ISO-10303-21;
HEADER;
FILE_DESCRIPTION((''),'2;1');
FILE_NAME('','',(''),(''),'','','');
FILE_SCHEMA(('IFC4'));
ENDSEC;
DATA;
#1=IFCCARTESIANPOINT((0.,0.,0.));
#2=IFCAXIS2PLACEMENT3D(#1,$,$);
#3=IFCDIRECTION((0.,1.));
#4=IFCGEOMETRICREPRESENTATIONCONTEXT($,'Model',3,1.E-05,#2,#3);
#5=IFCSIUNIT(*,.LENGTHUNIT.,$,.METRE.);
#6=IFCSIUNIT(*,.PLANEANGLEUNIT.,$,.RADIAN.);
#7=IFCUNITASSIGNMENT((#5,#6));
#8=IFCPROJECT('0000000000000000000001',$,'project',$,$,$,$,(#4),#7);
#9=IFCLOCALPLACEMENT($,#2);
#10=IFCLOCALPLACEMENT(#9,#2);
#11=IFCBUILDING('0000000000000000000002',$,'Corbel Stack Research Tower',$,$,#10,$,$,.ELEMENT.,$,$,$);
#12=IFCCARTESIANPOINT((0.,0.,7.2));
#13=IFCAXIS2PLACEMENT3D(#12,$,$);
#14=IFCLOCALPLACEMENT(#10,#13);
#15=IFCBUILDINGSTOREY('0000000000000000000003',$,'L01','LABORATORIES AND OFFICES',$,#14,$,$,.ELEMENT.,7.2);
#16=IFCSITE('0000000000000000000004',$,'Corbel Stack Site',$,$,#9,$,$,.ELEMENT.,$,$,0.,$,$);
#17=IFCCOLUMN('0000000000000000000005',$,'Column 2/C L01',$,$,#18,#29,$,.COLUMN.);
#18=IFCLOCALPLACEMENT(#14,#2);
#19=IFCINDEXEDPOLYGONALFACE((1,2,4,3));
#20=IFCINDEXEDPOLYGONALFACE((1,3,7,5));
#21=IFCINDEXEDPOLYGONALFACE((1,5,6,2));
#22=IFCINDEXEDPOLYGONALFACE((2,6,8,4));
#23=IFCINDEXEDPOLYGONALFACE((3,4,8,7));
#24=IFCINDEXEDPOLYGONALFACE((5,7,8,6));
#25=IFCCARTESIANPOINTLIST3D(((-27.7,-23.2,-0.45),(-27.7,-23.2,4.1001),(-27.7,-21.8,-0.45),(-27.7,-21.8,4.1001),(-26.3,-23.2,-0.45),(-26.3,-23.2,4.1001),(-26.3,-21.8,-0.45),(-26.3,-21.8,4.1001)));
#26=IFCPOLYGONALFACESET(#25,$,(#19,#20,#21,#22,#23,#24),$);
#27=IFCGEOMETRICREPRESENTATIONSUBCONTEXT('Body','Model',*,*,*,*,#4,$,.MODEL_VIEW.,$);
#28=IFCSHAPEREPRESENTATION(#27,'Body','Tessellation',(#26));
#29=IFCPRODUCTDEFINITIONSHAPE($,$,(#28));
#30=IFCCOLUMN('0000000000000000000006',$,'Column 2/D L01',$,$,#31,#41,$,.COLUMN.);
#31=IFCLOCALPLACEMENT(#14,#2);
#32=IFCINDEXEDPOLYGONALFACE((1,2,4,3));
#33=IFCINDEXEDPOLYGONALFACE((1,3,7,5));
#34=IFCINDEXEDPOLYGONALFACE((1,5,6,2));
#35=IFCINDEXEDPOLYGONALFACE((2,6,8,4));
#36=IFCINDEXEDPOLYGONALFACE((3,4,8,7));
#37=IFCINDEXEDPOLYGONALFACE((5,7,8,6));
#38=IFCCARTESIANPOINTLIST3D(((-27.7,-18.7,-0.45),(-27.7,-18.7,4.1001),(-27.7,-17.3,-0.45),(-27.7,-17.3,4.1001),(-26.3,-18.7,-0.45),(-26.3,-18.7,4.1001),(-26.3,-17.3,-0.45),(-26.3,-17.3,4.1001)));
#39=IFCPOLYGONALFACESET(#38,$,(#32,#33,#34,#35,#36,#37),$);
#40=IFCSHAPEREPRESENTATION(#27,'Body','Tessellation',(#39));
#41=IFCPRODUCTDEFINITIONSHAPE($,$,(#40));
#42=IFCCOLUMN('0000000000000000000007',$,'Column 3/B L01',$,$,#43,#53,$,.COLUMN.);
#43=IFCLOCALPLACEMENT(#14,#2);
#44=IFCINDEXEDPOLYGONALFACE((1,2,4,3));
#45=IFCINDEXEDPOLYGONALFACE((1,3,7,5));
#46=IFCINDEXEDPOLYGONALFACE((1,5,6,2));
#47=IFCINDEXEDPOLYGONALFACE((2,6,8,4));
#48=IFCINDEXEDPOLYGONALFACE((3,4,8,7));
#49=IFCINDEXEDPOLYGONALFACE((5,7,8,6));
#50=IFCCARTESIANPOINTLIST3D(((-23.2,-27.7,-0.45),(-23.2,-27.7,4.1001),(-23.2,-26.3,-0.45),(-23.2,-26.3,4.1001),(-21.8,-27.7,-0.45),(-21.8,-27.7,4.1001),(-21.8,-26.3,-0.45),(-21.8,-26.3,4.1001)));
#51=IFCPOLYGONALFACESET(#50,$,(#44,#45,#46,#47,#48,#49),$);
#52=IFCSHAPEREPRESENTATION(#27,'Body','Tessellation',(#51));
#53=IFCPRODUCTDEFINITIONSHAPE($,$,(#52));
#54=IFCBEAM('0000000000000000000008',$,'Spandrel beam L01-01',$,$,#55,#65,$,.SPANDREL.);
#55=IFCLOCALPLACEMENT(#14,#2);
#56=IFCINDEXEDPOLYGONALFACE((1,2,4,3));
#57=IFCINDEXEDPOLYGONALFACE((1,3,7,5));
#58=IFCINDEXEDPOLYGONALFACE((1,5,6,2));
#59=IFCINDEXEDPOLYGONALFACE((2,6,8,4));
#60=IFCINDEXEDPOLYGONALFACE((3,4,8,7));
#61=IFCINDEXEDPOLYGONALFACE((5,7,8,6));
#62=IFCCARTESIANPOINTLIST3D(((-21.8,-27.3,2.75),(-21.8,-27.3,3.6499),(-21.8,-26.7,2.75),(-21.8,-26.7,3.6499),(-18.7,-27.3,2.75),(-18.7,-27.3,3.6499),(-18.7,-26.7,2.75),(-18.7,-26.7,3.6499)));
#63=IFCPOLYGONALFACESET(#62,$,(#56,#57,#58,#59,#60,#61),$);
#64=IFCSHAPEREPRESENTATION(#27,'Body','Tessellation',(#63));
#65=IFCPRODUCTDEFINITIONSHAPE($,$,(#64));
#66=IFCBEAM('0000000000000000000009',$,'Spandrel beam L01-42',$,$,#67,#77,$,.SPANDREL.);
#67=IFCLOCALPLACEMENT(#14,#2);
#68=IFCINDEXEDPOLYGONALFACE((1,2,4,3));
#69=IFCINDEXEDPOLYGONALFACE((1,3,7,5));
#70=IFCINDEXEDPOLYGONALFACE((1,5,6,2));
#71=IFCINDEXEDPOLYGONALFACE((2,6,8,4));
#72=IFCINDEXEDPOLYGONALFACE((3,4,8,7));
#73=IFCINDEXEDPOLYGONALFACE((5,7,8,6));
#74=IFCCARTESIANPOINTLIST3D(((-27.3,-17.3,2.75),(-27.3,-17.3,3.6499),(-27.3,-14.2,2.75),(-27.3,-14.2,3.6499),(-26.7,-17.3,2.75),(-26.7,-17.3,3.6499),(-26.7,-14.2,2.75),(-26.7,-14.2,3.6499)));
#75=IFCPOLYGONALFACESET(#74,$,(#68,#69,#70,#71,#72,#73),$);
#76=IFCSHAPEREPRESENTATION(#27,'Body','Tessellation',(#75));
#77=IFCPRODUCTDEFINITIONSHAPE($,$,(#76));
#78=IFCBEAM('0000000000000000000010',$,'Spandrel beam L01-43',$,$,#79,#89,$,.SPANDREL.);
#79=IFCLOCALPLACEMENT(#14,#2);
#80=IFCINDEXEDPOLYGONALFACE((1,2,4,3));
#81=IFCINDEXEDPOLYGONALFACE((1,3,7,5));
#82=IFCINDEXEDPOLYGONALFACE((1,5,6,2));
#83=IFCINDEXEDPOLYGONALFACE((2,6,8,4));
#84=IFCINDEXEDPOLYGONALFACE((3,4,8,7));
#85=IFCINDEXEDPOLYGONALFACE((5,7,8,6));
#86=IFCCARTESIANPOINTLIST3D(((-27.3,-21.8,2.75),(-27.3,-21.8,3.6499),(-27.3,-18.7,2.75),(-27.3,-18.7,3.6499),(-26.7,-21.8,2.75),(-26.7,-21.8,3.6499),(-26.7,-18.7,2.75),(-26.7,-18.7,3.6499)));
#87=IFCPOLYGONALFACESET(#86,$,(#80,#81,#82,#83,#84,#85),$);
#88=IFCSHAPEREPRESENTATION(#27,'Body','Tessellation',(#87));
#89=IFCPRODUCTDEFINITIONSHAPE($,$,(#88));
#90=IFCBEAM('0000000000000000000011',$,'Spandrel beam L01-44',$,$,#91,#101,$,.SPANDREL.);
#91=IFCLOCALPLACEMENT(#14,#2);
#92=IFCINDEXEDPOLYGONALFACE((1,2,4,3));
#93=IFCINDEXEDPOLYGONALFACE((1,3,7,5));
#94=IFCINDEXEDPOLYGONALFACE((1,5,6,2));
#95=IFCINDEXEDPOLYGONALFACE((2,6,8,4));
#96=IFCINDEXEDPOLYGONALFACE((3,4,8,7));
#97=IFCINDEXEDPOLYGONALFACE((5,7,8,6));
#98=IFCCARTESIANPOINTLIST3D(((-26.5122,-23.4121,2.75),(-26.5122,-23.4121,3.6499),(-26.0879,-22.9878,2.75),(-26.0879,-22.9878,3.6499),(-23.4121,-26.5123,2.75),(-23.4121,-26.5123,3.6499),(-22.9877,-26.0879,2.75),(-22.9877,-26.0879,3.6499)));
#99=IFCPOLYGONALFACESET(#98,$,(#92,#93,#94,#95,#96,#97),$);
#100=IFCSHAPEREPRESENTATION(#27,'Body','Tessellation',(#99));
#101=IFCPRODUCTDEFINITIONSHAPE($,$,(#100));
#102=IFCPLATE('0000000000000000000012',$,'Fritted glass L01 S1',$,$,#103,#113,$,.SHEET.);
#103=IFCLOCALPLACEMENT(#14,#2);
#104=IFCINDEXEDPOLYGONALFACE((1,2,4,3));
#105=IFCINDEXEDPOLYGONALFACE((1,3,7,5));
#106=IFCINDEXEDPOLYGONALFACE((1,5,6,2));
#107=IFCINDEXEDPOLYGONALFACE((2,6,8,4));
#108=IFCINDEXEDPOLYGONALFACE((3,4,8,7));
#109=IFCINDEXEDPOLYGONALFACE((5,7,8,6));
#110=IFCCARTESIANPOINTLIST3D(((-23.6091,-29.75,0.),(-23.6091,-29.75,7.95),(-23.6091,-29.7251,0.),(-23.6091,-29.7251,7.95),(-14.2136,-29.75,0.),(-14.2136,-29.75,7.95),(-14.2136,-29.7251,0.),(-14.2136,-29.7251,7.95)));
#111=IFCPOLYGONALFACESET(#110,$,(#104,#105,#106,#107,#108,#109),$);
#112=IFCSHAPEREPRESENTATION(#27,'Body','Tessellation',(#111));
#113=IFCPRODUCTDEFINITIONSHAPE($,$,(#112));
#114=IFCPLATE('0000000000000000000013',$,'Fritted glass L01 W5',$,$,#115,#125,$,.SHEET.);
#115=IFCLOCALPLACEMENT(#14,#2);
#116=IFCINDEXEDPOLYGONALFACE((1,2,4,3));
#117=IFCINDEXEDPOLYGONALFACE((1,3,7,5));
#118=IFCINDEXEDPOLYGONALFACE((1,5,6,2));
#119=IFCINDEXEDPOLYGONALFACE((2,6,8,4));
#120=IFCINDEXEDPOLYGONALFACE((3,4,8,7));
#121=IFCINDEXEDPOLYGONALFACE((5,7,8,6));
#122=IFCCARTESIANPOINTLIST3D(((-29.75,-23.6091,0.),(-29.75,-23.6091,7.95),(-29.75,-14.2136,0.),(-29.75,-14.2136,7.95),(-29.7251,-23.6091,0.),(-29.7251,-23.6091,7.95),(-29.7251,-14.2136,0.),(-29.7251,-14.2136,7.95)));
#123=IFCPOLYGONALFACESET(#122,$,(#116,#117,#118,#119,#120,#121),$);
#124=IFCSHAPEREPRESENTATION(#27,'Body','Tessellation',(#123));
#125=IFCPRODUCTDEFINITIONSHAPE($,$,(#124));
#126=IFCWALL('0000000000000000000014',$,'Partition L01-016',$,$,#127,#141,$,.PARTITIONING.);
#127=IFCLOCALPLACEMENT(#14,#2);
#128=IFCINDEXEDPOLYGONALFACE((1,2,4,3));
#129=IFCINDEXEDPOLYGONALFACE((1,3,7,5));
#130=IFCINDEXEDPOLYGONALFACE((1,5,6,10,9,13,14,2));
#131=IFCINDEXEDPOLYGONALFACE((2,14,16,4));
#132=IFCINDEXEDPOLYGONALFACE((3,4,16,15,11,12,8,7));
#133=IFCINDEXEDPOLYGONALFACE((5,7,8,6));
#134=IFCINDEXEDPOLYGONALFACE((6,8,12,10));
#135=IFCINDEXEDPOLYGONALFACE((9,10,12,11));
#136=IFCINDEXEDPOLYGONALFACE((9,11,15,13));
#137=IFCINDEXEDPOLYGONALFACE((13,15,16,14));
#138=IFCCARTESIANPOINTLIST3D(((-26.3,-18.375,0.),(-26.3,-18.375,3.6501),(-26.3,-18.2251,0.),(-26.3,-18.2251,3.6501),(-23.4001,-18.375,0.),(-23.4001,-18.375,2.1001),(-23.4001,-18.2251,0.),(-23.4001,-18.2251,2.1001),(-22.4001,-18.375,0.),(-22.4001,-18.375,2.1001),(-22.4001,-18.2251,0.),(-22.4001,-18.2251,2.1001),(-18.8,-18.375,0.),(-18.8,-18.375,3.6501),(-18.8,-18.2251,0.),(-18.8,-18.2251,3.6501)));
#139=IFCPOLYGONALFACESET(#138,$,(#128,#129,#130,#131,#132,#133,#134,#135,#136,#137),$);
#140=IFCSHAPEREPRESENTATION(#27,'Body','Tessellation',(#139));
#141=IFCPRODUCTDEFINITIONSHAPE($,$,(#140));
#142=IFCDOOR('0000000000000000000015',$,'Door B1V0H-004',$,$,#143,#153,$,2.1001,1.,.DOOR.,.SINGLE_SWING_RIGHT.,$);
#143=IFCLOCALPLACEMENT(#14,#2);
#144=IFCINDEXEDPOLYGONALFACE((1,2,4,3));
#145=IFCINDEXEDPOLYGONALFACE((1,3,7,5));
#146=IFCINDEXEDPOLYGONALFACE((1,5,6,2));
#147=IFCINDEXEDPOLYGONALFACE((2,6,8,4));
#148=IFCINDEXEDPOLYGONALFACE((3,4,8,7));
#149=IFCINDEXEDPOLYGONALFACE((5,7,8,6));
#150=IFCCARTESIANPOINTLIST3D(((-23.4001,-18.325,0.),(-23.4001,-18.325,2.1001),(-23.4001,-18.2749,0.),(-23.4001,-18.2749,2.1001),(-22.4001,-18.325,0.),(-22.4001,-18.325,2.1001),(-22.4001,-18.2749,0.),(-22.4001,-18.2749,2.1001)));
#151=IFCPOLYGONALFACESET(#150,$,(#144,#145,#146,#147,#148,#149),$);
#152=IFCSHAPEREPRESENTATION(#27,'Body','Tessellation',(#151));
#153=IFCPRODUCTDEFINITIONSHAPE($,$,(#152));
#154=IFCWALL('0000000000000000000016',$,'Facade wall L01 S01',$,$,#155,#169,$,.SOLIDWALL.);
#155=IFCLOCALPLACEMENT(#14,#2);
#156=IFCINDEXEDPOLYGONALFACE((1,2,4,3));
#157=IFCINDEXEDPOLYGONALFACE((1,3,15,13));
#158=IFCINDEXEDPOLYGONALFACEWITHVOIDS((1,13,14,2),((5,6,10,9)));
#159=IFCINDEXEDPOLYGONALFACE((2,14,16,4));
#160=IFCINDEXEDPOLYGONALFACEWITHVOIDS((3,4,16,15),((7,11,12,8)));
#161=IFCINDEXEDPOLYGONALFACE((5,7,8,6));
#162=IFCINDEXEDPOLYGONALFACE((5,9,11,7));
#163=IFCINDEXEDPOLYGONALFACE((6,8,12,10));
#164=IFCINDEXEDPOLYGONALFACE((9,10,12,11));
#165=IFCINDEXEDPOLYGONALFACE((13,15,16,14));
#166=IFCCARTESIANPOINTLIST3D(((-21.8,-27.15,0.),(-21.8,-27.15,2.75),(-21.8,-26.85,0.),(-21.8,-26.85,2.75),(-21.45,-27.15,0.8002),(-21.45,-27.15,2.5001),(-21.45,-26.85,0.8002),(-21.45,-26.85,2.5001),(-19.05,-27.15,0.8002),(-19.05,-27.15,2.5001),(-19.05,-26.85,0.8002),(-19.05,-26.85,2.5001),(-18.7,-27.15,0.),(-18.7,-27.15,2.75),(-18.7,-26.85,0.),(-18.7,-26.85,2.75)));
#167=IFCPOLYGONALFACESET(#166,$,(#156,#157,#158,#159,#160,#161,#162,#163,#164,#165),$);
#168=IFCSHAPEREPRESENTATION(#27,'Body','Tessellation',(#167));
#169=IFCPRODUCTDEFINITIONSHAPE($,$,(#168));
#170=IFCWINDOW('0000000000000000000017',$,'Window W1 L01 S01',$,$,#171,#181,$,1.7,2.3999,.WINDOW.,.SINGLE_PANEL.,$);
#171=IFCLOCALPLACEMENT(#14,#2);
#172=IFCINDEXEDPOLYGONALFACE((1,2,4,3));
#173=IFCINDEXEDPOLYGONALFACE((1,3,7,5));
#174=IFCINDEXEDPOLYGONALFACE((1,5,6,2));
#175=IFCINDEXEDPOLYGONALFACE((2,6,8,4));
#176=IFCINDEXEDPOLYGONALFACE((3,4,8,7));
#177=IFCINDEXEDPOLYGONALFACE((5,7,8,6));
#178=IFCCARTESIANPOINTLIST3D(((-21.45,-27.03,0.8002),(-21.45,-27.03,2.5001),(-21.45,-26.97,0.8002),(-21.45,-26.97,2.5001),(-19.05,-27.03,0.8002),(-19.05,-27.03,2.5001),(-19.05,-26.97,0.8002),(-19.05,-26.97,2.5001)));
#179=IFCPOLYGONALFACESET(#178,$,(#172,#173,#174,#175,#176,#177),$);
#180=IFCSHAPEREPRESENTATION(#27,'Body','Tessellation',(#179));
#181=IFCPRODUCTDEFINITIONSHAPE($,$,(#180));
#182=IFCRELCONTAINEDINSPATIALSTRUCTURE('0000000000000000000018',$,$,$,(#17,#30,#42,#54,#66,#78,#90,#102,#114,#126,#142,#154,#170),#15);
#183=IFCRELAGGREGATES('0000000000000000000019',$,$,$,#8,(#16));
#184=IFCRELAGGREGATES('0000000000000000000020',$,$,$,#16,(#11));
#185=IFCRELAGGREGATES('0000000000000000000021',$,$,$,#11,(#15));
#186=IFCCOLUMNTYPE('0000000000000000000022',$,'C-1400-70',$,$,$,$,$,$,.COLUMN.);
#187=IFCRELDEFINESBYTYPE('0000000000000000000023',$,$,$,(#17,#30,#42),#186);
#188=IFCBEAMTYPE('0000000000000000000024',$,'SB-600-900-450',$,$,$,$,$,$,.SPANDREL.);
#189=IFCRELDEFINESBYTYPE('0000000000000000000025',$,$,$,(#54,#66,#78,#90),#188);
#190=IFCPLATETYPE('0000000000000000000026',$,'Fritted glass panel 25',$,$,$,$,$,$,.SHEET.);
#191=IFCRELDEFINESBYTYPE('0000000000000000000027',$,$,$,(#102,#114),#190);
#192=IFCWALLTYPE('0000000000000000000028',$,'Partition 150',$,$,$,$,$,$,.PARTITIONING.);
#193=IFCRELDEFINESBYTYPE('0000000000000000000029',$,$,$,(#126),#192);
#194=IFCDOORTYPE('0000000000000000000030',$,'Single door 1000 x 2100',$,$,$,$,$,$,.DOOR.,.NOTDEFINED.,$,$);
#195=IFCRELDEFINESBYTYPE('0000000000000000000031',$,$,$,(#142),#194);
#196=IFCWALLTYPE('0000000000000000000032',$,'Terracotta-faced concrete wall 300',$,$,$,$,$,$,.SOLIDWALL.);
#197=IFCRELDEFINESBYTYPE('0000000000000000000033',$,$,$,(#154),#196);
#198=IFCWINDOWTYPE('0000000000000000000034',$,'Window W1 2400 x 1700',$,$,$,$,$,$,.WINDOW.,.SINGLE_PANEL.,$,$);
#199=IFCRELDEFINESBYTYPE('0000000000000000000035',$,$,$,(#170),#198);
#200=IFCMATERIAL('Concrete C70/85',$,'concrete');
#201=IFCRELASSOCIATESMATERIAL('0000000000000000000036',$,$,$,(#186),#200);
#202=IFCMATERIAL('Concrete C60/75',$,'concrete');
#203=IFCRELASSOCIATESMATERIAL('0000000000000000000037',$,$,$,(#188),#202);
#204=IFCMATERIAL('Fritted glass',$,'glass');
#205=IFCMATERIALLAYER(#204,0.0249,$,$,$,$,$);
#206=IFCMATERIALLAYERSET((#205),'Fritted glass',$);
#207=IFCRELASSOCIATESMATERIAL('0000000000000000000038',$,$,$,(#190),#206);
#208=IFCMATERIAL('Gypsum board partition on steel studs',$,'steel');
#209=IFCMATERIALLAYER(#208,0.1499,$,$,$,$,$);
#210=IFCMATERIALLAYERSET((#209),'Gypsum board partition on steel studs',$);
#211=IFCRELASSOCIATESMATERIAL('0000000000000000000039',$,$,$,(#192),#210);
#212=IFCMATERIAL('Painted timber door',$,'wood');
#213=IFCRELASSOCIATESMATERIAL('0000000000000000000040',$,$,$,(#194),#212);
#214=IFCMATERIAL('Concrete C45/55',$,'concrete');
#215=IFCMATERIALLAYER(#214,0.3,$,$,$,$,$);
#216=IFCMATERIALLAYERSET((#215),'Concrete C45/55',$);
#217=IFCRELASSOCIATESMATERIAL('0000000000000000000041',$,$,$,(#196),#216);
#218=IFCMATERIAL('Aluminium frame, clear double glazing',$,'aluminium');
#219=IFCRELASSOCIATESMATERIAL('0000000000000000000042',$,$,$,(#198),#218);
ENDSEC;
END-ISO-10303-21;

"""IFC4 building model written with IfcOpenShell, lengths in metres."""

from ifc_helpers import new_model, si_unit, direction, frame, frame_2d, origin, origin_2d, place, context, subcontext, project, spatial, rectangle, extrude, material, layer, layer_set, material_profile, profile_set, type_object, element, fill, save


model = new_model("IFC4")

# Units and contexts
model_context = context("Model", 3, precision=1e-05, world=origin(), true_north=direction((0.0, 1.0)))
body_context = subcontext(model_context, "Body", "Model", "MODEL_VIEW")
ifc_project = project(units=[si_unit("LENGTHUNIT", "METRE"), si_unit("PLANEANGLEUNIT", "RADIAN")], contexts=[model_context])

# Site, building, storey
site_placement = place(None, origin())
site = spatial("IfcSite", under=ifc_project, at=site_placement, Name="Corbel Stack Site", CompositionType="ELEMENT", RefElevation=0.0)
building_placement = place(site_placement, origin())
building = spatial("IfcBuilding", under=site, at=building_placement, Name="Corbel Stack Research Tower", CompositionType="ELEMENT")
storey_placement = place(building_placement, frame((0.0, 0.0, 7.2)))
storey = spatial("IfcBuildingStorey", under=building, at=storey_placement, Name="L01", Description="LABORATORIES AND OFFICES", CompositionType="ELEMENT", Elevation=7.2)

# Columns
ifc_material_1 = material(Name="Concrete C70/85", Category="concrete")
ifc_material_profile_1 = material_profile(ifc_material_1, rectangle(XDim=1.3999, YDim=1.3999, at=origin_2d()), Name="RC 1400 x 1400")
ifc_profile_set_1 = profile_set([ifc_material_profile_1], Name="Concrete C70/85")
column_type = type_object("IfcColumnType", Name="C-1400-70", PredefinedType="COLUMN", material=ifc_profile_set_1)
for number, where, z_axis, x_axis, name in (
    (1, (-27.0, -22.5, -0.45), (0.0, 0.0, 1.0), (1.0, 0.0, 0.0), "Column 2/C L01"),
    (2, (-27.0, -18.0, -0.45), (0.0, 0.0, 1.0), (1.0, 0.0, 0.0), "Column 2/D L01"),
    (3, (-22.5, -27.0, -0.45), (0.0, 0.0, 1.0), (1.0, 0.0, 0.0), "Column 3/B L01"),
):
    element("IfcColumn", number, at=place(storey_placement, frame(where, z_axis=z_axis, x_axis=x_axis)), inside=storey, type_object=column_type, Name=name, PredefinedType="COLUMN", context=body_context, shape_type="SweptSolid", body=[
        extrude(rectangle(XDim=1.3999, YDim=1.3999, at=origin_2d()), origin(), (0.0, 0.0, 1.0), 4.55),
    ])

# Beams
ifc_material_2 = material(Name="Concrete C60/75", Category="concrete")
ifc_material_profile_2 = material_profile(ifc_material_2, rectangle(XDim=0.6001, YDim=0.8999, at=origin_2d()), Name="RC 600 x 900")
ifc_profile_set_2 = profile_set([ifc_material_profile_2], Name="Concrete C60/75")
beam_type = type_object("IfcBeamType", Name="SB-600-900-450", PredefinedType="SPANDREL", material=ifc_profile_set_2)
for number, where, z_axis, x_axis, name in (
    (4, (-21.8, -27.0, 3.2), (1.0, 0.0, 0.0), (0.0, 1.0, 0.0), "Spandrel beam L01-01"),
    (5, (-27.0, -14.2, 3.2), (0.0, -1.0, 0.0), (1.0, 0.0, 0.0), "Spandrel beam L01-42"),
    (6, (-27.0, -18.7, 3.2), (0.0, -1.0, 0.0), (1.0, 0.0, 0.0), "Spandrel beam L01-43"),
):
    element("IfcBeam", number, at=place(storey_placement, frame(where, z_axis=z_axis, x_axis=x_axis)), inside=storey, type_object=beam_type, Name=name, PredefinedType="SPANDREL", context=body_context, shape_type="SweptSolid", body=[
        extrude(rectangle(XDim=0.6001, YDim=0.8999, at=origin_2d()), origin(), (0.0, 0.0, 1.0), 3.1001),
    ])
beam_placement = place(storey_placement, frame((-26.3, -23.2, 3.2), z_axis=(0.707107, -0.707107, 0.0), x_axis=(0.707107, 0.707107, 0.0)))
element("IfcBeam", 7, at=beam_placement, inside=storey, type_object=beam_type, Name="Spandrel beam L01-44", PredefinedType="SPANDREL", context=body_context, shape_type="SweptSolid", body=[
    extrude(rectangle(XDim=0.6001, YDim=0.8999, at=origin_2d()), origin(), (0.0, 0.0, 1.0), 4.3843),
])

# Plates
ifc_material_3 = material(Name="Fritted glass", Category="glass")
ifc_layer_1 = layer(ifc_material_3, 0.0249)
ifc_layer_set_1 = layer_set([ifc_layer_1], Name="Fritted glass")
plate_type = type_object("IfcPlateType", Name="Fritted glass panel 25", PredefinedType="SHEET", material=ifc_layer_set_1)
for number, where, z_axis, x_axis, name in (
    (8, (-18.9114, -29.7375, 0.0), (0.0, 0.0, 1.0), (1.0, 0.0, 0.0), "Fritted glass L01 S1"),
    (9, (-29.7375, -18.9114, 0.0), (0.0, 0.0, 1.0), (0.0, -1.0, 0.0), "Fritted glass L01 W5"),
):
    element("IfcPlate", number, at=place(storey_placement, frame(where, z_axis=z_axis, x_axis=x_axis)), inside=storey, type_object=plate_type, Name=name, PredefinedType="SHEET", context=body_context, shape_type="SweptSolid", body=[
        extrude(rectangle(XDim=9.3955, YDim=0.0249, at=origin_2d()), origin(), (0.0, 0.0, 1.0), 7.95),
    ])

# Wall, opening, door
ifc_material_4 = material(Name="Gypsum board partition on steel studs", Category="steel")
ifc_layer_2 = layer(ifc_material_4, 0.1499)
ifc_layer_set_2 = layer_set([ifc_layer_2], Name="Gypsum board partition on steel studs")
wall_type_1 = type_object("IfcWallType", Name="Partition 150", PredefinedType="PARTITIONING", material=ifc_layer_set_2)
wall_1_placement = place(storey_placement, frame((-18.8, -18.3, 0.0), z_axis=(0.0, 0.0, 1.0), x_axis=(-1.0, 0.0, 0.0)))
wall_1 = element("IfcWall", 10, at=wall_1_placement, inside=storey, type_object=wall_type_1, Name="Partition L01-016", PredefinedType="PARTITIONING", context=body_context, shape_type="SweptSolid", body=[
    extrude(rectangle(XDim=7.5, YDim=0.1499, at=frame_2d((3.75, 0.0))), origin(), (0.0, 0.0, 1.0), 3.6501),
])
opening_1_placement = place(wall_1_placement, frame((3.6001, 0.0, 0.0)))
opening_1 = element("IfcOpeningElement", 11, at=opening_1_placement, cuts=wall_1, PredefinedType="OPENING", context=body_context, shape_type="SweptSolid", body=[
    extrude(rectangle(XDim=1.0, YDim=2.1001, at=frame_2d((0.5, 1.05))), frame((0.0, 0.085, 0.0), z_axis=(0.0, -1.0, 0.0), x_axis=(1.0, 0.0, 0.0)), (0.0, 0.0, 1.0), 0.1699),
])
ifc_material_5 = material(Name="Painted timber door", Category="wood")
door_type_1 = type_object("IfcDoorType", Name="Single door 1000 x 2100", OperationType="NOTDEFINED", PredefinedType="DOOR", material=ifc_material_5)
door_1_placement = place(opening_1_placement, origin())
door_1 = element("IfcDoor", 12, at=door_1_placement, inside=storey, type_object=door_type_1, Name="Door B1V0H-004", OperationType="SINGLE_SWING_RIGHT", OverallHeight=2.1001, OverallWidth=1.0, PredefinedType="DOOR", context=body_context, shape_type="SweptSolid", body=[
    extrude(rectangle(XDim=1.0, YDim=2.1001, at=frame_2d((0.5, 1.05))), frame((0.0, 0.0249, 0.0), z_axis=(0.0, -1.0, 0.0), x_axis=(1.0, 0.0, 0.0)), (0.0, 0.0, 1.0), 0.05),
])
fill(opening_1, door_1)

# Wall, opening, window
ifc_material_6 = material(Name="Concrete C45/55", Category="concrete")
ifc_layer_3 = layer(ifc_material_6, 0.3)
ifc_layer_set_3 = layer_set([ifc_layer_3], Name="Concrete C45/55")
wall_type_2 = type_object("IfcWallType", Name="Terracotta-faced concrete wall 300", PredefinedType="SOLIDWALL", material=ifc_layer_set_3)
wall_2_placement = place(storey_placement, frame((-18.7, -27.0, 0.0), z_axis=(0.0, 0.0, 1.0), x_axis=(-1.0, 0.0, 0.0)))
wall_2 = element("IfcWall", 13, at=wall_2_placement, inside=storey, type_object=wall_type_2, Name="Facade wall L01 S01", PredefinedType="SOLIDWALL", context=body_context, shape_type="SweptSolid", body=[
    extrude(rectangle(XDim=3.1001, YDim=0.3, at=frame_2d((1.55, 0.0))), origin(), (0.0, 0.0, 1.0), 2.75),
])
opening_2_placement = place(wall_2_placement, frame((0.3501, 0.0, 0.8)))
opening_2 = element("IfcOpeningElement", 14, at=opening_2_placement, cuts=wall_2, PredefinedType="OPENING", context=body_context, shape_type="SweptSolid", body=[
    extrude(rectangle(XDim=2.3999, YDim=1.7, at=frame_2d((1.2, 0.8501))), frame((0.0, 0.1599, 0.0), z_axis=(0.0, -1.0, 0.0), x_axis=(1.0, 0.0, 0.0)), (0.0, 0.0, 1.0), 0.3201),
])
ifc_material_7 = material(Name="Aluminium frame, clear double glazing", Category="aluminium")
window_type = type_object("IfcWindowType", Name="Window W1 2400 x 1700", PartitioningType="SINGLE_PANEL", PredefinedType="WINDOW", material=ifc_material_7)
window_1_placement = place(opening_2_placement, origin())
window_1 = element("IfcWindow", 15, at=window_1_placement, inside=storey, type_object=window_type, Name="Window W1 L01 S01", OverallHeight=1.7, OverallWidth=2.3999, PartitioningType="SINGLE_PANEL", PredefinedType="WINDOW", context=body_context, shape_type="SweptSolid", body=[
    extrude(rectangle(XDim=2.3999, YDim=1.7, at=frame_2d((1.2, 0.8501))), frame((0.0, 0.03, 0.0), z_axis=(0.0, -1.0, 0.0), x_axis=(1.0, 0.0, 0.0)), (0.0, 0.0, 1.0), 0.0601),
])
fill(opening_2, window_1)

save(model, "model.ifc")
